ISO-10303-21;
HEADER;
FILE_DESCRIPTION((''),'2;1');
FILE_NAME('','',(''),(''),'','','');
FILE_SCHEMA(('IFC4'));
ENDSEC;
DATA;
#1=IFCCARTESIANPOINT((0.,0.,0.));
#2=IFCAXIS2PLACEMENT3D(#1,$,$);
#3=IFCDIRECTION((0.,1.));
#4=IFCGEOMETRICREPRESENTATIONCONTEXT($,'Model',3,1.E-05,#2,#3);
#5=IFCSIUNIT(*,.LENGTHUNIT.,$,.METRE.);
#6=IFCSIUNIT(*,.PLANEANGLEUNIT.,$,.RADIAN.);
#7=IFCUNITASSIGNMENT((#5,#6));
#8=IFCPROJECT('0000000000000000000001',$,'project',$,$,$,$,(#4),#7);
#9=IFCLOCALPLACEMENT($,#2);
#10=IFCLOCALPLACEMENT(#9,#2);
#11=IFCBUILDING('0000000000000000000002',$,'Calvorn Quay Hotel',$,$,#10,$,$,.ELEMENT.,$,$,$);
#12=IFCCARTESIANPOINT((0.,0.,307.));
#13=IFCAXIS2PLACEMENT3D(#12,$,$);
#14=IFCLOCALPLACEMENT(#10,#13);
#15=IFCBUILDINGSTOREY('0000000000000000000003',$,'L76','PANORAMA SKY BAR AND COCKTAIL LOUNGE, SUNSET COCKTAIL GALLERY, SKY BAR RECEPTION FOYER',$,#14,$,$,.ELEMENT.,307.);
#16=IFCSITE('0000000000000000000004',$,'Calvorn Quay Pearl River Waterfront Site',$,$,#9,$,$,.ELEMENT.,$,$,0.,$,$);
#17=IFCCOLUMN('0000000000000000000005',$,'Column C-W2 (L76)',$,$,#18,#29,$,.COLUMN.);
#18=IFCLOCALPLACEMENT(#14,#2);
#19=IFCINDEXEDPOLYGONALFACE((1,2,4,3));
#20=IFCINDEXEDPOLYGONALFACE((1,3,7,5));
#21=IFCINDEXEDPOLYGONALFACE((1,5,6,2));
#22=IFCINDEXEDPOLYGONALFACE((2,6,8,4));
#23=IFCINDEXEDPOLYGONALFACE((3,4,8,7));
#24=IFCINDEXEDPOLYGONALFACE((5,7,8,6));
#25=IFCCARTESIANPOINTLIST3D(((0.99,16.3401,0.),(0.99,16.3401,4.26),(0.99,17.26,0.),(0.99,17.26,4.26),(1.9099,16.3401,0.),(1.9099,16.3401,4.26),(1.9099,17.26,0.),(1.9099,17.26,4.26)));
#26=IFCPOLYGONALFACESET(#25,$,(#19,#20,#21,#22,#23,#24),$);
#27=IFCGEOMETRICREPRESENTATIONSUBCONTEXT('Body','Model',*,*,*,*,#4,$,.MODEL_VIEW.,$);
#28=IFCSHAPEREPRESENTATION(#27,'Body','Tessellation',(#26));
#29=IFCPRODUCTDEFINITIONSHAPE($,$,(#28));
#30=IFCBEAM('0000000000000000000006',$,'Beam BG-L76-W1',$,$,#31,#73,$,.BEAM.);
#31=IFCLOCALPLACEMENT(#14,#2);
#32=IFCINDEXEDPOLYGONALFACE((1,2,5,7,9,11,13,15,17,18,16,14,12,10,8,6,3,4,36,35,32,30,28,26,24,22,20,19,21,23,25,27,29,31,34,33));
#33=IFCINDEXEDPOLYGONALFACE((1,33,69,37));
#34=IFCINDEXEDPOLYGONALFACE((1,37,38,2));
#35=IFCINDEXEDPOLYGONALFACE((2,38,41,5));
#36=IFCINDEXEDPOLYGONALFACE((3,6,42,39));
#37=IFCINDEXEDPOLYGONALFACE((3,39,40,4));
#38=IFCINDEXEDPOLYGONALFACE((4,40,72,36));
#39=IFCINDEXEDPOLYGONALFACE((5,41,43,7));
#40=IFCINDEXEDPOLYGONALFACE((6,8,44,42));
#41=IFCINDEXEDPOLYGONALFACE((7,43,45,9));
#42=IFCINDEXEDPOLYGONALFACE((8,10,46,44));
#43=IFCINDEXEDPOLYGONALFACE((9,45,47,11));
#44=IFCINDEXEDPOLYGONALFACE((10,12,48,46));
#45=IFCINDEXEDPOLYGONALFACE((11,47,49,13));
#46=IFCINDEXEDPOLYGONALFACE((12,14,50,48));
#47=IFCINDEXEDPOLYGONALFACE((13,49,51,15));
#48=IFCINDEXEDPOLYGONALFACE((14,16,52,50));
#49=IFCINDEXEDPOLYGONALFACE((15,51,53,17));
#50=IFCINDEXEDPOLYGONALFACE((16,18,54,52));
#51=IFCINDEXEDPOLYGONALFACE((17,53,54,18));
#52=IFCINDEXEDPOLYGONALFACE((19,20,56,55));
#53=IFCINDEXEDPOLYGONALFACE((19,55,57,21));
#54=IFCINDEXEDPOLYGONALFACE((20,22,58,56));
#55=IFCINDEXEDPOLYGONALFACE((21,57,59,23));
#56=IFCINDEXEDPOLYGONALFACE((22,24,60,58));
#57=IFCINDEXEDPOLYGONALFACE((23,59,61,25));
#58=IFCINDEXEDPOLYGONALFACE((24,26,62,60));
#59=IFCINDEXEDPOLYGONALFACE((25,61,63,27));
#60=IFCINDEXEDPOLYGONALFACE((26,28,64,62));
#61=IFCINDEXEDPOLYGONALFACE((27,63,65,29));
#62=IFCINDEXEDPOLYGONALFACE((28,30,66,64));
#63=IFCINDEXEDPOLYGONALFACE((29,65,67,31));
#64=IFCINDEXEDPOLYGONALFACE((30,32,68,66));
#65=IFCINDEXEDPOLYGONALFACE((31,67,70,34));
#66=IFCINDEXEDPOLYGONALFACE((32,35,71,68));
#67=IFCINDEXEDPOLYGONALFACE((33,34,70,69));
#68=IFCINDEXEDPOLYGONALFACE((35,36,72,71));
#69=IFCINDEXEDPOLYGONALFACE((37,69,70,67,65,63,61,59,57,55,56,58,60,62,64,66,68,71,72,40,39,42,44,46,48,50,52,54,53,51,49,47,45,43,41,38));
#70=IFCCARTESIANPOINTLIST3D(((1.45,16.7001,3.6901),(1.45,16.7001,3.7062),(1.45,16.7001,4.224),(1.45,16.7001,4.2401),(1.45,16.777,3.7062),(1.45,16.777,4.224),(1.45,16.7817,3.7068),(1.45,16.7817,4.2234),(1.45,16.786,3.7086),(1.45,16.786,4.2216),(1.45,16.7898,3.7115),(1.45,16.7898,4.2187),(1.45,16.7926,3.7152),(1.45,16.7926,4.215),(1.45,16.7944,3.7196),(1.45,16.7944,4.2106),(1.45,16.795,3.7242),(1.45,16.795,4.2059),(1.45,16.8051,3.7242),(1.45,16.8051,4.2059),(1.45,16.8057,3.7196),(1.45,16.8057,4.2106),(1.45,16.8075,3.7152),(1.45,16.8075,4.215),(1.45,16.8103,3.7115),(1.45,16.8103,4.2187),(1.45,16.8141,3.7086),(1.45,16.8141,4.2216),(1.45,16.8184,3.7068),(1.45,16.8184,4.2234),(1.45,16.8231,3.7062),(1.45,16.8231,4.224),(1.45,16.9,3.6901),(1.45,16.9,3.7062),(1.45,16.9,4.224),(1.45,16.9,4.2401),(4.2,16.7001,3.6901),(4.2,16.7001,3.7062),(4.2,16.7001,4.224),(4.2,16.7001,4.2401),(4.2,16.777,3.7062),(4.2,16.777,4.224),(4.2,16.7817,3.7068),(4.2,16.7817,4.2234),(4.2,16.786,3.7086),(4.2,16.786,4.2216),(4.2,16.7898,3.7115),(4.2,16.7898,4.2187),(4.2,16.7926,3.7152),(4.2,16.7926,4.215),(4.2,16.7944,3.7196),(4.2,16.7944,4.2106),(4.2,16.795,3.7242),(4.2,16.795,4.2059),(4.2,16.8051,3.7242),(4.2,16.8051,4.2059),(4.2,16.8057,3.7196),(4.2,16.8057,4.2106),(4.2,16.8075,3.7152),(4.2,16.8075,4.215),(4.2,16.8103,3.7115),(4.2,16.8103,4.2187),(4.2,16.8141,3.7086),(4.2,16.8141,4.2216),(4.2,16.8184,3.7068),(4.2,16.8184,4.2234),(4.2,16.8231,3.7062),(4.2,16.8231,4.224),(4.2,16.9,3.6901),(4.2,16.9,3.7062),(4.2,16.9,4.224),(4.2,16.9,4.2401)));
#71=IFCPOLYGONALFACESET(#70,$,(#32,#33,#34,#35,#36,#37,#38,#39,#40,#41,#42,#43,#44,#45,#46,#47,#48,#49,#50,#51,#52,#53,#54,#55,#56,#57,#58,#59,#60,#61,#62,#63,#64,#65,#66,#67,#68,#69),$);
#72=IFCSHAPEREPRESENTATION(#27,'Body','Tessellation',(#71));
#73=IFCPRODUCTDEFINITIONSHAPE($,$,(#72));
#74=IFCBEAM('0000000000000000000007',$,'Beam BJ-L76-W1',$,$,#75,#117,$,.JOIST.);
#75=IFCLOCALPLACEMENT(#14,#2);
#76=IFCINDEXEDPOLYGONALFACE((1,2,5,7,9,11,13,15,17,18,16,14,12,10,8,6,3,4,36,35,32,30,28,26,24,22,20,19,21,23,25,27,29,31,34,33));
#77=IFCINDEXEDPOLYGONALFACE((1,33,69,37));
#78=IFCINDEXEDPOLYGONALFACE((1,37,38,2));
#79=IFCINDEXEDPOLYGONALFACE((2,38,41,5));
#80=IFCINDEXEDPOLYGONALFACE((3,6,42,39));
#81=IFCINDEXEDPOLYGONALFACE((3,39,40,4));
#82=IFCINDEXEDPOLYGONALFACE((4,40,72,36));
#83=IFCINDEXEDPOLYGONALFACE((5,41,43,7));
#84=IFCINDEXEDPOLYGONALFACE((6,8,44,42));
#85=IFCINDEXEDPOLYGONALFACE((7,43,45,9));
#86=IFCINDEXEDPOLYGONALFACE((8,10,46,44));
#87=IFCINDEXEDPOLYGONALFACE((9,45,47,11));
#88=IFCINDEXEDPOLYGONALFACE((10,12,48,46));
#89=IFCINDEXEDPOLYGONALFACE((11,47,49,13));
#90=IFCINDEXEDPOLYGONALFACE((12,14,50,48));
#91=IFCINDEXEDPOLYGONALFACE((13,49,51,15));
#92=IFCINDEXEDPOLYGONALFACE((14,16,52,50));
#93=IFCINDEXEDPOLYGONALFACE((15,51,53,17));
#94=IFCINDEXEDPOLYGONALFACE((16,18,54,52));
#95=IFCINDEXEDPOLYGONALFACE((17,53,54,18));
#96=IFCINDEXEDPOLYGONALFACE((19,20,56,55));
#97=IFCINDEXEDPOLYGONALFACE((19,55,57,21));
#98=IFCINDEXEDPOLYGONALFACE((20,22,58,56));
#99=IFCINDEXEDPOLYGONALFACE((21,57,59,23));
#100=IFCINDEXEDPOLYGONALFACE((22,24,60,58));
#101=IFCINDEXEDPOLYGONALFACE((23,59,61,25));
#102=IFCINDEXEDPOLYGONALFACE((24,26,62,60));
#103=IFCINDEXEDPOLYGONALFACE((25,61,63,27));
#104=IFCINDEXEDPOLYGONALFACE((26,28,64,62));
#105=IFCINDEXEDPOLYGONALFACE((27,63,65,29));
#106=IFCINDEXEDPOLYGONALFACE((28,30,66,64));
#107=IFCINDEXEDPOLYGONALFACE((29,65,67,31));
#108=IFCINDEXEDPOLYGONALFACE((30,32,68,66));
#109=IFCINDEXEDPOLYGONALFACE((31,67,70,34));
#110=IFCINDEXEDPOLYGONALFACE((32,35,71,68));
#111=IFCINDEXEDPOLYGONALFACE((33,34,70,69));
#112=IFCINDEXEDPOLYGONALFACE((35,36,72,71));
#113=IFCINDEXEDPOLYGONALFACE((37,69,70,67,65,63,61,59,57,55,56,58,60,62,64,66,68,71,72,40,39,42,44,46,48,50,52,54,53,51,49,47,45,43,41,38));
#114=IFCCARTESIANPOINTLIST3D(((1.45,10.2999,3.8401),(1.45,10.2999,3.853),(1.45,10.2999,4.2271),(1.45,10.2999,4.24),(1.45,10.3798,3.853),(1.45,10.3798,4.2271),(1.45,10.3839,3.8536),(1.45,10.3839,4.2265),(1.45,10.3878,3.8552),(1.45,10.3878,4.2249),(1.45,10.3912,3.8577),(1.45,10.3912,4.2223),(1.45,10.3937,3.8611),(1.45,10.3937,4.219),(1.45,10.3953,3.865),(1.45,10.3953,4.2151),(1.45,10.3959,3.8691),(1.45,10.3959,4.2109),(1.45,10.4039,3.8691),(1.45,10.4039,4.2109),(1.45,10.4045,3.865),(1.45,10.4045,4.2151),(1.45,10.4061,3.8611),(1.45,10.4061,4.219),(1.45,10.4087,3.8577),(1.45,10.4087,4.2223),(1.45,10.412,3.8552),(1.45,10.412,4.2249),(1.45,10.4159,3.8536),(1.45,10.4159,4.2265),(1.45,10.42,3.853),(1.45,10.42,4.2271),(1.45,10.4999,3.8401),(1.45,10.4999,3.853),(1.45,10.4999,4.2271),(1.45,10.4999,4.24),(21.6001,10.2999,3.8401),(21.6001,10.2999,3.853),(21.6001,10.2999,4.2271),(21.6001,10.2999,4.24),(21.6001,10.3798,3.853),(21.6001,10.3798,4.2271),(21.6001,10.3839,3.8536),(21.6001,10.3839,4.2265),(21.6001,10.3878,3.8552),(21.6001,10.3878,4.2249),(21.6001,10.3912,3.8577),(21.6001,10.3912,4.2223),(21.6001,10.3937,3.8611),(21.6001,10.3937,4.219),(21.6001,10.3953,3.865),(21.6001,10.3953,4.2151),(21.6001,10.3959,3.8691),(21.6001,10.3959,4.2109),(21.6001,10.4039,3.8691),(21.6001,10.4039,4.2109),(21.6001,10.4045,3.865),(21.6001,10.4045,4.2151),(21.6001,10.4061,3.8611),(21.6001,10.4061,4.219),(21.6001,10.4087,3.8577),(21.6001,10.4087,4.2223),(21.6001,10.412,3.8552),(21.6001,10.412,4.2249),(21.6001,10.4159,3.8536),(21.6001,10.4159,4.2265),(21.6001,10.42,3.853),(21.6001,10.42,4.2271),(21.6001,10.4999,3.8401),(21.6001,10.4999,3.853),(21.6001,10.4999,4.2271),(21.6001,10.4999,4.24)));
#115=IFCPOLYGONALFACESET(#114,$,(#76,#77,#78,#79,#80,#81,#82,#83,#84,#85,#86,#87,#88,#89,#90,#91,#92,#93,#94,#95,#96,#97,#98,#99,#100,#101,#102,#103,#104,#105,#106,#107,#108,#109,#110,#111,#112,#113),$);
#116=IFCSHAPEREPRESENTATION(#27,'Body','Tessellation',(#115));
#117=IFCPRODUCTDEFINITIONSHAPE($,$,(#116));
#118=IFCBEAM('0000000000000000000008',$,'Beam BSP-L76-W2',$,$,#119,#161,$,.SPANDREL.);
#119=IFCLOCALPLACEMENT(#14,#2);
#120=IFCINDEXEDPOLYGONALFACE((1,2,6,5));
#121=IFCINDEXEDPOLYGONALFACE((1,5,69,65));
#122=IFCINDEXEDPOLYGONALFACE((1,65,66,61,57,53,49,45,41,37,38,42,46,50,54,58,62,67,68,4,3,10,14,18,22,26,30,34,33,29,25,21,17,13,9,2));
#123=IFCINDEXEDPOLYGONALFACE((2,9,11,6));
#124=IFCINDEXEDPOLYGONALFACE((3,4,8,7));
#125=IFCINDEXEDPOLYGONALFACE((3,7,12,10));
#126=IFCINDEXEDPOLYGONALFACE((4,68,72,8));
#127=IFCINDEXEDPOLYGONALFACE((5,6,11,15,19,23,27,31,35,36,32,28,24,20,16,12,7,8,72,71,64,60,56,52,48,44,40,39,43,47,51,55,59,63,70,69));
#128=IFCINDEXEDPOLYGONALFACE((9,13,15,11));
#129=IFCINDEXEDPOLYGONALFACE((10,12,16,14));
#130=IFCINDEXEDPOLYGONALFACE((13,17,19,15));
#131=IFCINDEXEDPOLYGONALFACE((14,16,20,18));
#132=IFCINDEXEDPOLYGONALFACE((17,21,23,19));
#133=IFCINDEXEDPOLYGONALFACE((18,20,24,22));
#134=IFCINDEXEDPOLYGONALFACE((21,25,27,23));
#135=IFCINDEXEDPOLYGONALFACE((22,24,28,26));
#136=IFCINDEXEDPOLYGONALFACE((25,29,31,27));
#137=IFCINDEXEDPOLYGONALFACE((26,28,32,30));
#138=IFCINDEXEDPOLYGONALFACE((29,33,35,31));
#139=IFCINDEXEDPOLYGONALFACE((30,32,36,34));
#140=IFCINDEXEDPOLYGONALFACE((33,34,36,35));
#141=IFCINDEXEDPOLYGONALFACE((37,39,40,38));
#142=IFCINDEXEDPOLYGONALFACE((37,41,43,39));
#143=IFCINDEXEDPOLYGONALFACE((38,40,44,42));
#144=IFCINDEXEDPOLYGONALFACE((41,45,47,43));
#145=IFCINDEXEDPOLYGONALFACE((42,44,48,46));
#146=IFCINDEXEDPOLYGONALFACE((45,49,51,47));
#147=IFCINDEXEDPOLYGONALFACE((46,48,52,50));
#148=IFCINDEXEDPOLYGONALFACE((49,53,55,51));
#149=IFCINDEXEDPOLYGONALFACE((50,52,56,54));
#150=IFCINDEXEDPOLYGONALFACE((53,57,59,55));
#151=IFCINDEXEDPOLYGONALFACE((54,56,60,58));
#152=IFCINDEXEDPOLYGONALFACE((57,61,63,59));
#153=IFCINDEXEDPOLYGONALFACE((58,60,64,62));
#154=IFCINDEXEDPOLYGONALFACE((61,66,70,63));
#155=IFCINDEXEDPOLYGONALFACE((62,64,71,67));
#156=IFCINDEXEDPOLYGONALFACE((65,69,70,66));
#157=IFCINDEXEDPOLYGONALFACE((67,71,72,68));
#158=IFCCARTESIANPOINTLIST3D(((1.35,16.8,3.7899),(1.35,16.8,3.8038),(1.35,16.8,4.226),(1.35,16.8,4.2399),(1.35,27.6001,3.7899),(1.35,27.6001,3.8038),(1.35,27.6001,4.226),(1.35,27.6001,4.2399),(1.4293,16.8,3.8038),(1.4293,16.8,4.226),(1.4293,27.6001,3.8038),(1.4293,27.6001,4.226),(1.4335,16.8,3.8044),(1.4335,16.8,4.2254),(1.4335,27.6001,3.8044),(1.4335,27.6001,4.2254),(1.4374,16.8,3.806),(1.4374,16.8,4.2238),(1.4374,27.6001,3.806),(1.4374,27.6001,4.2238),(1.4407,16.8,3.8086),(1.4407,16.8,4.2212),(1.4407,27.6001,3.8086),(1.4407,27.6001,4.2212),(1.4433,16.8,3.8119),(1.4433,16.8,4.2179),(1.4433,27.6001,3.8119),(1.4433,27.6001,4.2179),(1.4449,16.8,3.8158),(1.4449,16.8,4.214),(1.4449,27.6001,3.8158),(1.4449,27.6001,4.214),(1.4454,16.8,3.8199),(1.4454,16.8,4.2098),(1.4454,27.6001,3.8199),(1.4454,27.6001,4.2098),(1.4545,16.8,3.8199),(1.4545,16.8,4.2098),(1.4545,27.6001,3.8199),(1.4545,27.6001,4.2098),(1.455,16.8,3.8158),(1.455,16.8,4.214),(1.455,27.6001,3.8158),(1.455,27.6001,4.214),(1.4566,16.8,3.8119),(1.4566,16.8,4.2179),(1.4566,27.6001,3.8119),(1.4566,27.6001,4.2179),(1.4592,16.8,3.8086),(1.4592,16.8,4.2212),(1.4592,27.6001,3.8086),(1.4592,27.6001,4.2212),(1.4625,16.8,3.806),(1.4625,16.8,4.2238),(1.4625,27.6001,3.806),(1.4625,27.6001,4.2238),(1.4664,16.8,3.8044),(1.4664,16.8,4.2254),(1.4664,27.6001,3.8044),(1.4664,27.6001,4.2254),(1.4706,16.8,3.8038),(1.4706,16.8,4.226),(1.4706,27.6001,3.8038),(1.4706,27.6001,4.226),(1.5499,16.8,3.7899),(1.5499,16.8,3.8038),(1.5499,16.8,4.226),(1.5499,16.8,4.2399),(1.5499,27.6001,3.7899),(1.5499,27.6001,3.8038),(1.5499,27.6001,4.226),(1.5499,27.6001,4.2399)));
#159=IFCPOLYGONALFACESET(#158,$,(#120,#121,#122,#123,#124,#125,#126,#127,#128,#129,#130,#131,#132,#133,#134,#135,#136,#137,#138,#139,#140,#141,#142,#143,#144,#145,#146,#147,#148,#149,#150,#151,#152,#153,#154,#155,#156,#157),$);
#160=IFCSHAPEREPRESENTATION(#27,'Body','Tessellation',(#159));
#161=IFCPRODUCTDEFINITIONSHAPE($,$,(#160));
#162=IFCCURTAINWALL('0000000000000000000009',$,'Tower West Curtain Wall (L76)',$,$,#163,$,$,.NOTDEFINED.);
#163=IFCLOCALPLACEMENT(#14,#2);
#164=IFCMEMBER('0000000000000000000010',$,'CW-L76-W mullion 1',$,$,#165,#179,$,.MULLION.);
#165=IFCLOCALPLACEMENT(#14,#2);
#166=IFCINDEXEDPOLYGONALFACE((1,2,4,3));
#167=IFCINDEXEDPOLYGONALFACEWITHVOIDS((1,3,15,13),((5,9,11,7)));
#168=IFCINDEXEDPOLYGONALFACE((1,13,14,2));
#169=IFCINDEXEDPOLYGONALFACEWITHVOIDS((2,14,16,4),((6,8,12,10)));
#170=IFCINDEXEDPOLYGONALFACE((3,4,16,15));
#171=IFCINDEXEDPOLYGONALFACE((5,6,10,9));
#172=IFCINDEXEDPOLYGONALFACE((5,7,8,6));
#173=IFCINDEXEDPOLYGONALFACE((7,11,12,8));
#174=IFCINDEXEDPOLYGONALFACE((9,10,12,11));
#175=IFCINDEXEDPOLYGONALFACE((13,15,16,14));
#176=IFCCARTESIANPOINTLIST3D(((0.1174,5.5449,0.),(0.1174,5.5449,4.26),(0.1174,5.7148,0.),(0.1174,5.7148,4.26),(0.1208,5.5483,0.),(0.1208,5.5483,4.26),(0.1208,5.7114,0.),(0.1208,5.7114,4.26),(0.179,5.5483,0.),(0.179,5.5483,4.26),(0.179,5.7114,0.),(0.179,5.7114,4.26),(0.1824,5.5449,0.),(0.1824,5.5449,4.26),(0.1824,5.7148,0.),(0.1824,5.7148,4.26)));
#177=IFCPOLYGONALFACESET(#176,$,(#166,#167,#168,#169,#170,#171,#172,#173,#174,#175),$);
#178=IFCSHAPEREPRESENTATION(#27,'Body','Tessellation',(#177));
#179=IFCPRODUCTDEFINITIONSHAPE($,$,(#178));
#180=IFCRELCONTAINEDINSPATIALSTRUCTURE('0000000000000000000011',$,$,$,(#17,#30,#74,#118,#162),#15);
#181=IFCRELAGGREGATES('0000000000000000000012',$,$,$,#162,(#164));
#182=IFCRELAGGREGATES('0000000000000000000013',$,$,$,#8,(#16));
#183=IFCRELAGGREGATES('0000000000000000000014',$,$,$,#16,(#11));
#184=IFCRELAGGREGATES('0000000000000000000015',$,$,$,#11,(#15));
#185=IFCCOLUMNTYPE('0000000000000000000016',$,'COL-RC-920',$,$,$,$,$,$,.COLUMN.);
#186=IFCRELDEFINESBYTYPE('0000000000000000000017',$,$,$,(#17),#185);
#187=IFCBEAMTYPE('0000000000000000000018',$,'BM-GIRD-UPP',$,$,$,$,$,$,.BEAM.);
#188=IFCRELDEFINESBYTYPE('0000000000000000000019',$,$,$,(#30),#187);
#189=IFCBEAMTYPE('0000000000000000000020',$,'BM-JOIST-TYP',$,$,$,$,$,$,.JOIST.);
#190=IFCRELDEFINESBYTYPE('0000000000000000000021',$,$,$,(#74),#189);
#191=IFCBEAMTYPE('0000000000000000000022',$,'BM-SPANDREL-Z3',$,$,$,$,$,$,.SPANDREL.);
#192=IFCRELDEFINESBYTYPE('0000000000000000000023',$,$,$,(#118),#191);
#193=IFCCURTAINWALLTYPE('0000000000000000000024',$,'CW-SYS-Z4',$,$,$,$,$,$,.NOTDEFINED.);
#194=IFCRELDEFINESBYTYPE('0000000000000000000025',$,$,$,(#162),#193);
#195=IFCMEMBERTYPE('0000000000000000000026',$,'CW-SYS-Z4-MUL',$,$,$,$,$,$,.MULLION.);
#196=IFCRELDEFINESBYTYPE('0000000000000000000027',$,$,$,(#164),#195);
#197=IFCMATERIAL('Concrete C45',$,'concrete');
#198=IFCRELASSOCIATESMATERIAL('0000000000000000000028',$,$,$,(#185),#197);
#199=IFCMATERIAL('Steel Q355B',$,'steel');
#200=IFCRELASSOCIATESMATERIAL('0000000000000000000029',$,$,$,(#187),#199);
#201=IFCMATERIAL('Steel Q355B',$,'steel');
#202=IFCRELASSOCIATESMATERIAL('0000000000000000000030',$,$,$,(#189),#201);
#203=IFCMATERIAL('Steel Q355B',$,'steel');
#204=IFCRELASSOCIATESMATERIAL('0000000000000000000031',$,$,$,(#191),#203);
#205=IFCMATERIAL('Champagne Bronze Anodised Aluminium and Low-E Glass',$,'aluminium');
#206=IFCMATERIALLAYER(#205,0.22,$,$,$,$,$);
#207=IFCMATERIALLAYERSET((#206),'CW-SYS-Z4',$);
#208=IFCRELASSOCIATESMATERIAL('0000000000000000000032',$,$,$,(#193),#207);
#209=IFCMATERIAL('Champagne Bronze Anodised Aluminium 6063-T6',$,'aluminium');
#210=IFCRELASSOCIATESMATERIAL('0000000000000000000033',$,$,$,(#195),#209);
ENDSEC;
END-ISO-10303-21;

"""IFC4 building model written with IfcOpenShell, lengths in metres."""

from ifc_helpers import new_model, si_unit, direction, frame, origin, origin_2d, place, context, subcontext, project, spatial, rectangle, hollow_rectangle, i_section, extrude, material, layer, layer_set, material_profile, profile_set, type_object, element, aggregate, save


model = new_model("IFC4")

# Units and contexts
model_context = context("Model", 3, precision=1e-05, world=origin(), true_north=direction((0.0, 1.0)))
body_context = subcontext(model_context, "Body", "Model", "MODEL_VIEW")
ifc_project = project(units=[si_unit("LENGTHUNIT", "METRE"), si_unit("PLANEANGLEUNIT", "RADIAN")], contexts=[model_context])

# Site, building, storey
site_placement = place(None, origin())
site = spatial("IfcSite", under=ifc_project, at=site_placement, Name="Calvorn Quay Pearl River Waterfront Site", CompositionType="ELEMENT", RefElevation=0.0)
building_placement = place(site_placement, origin())
building = spatial("IfcBuilding", under=site, at=building_placement, Name="Calvorn Quay Hotel", CompositionType="ELEMENT")
storey_placement = place(building_placement, frame((0.0, 0.0, 307.0)))
storey = spatial("IfcBuildingStorey", under=building, at=storey_placement, Name="L76", Description="PANORAMA SKY BAR AND COCKTAIL LOUNGE, SUNSET COCKTAIL GALLERY, SKY BAR RECEPTION FOYER", CompositionType="ELEMENT", Elevation=307.0)

# Column
ifc_material_1 = material(Name="Concrete C45", Category="concrete")
ifc_material_profile_1 = material_profile(ifc_material_1, rectangle(XDim=0.9199, YDim=0.9199, at=origin_2d()), Name="RC920x920")
ifc_profile_set_1 = profile_set([ifc_material_profile_1], Name="Concrete C45")
column_type = type_object("IfcColumnType", Name="COL-RC-920", PredefinedType="COLUMN", material=ifc_profile_set_1)
column_placement = place(storey_placement, frame((1.45, 16.8, 0.0), z_axis=(0.0, 0.0, 1.0), x_axis=(1.0, 0.0, 0.0)))
element("IfcColumn", 1, at=column_placement, inside=storey, type_object=column_type, Name="Column C-W2 (L76)", PredefinedType="COLUMN", context=body_context, shape_type="SweptSolid", body=[
    extrude(rectangle(XDim=0.9199, YDim=0.9199, at=origin_2d()), origin(), (0.0, 0.0, 1.0), 4.26),
])

# Beams
ifc_material_2 = material(Name="Steel Q355B", Category="steel")
ifc_material_profile_2 = material_profile(ifc_material_2, i_section(OverallWidth=0.2, OverallDepth=0.55, WebThickness=0.01, FlangeThickness=0.0161, FilletRadius=0.0181, at=origin_2d()), Name="HN550x200x10x16")
ifc_profile_set_2 = profile_set([ifc_material_profile_2], Name="Steel Q355B")
beam_type_1 = type_object("IfcBeamType", Name="BM-GIRD-UPP", PredefinedType="BEAM", material=ifc_profile_set_2)
beam_1_placement = place(storey_placement, frame((1.45, 16.8, 3.9651), z_axis=(1.0, 0.0, 0.0), x_axis=(0.0, 1.0, 0.0)))
element("IfcBeam", 2, at=beam_1_placement, inside=storey, type_object=beam_type_1, Name="Beam BG-L76-W1", PredefinedType="BEAM", context=body_context, shape_type="SweptSolid", body=[
    extrude(i_section(OverallWidth=0.2, OverallDepth=0.55, WebThickness=0.01, FlangeThickness=0.0161, FilletRadius=0.0181, at=origin_2d()), origin(), (0.0, 0.0, 1.0), 2.75),
])
ifc_material_3 = material(Name="Steel Q355B", Category="steel")
ifc_material_profile_3 = material_profile(ifc_material_3, i_section(OverallWidth=0.2, OverallDepth=0.3999, WebThickness=0.0081, FlangeThickness=0.0129, FilletRadius=0.0161, at=origin_2d()), Name="HN400x200x8x13")
ifc_profile_set_3 = profile_set([ifc_material_profile_3], Name="Steel Q355B")
beam_type_2 = type_object("IfcBeamType", Name="BM-JOIST-TYP", PredefinedType="JOIST", material=ifc_profile_set_3)
beam_2_placement = place(storey_placement, frame((1.45, 10.3999, 4.04), z_axis=(1.0, 0.0, 0.0), x_axis=(0.0, 1.0, 0.0)))
element("IfcBeam", 3, at=beam_2_placement, inside=storey, type_object=beam_type_2, Name="Beam BJ-L76-W1", PredefinedType="JOIST", context=body_context, shape_type="SweptSolid", body=[
    extrude(i_section(OverallWidth=0.2, OverallDepth=0.3999, WebThickness=0.0081, FlangeThickness=0.0129, FilletRadius=0.0161, at=origin_2d()), origin(), (0.0, 0.0, 1.0), 20.1501),
])
ifc_material_4 = material(Name="Steel Q355B", Category="steel")
ifc_material_profile_4 = material_profile(ifc_material_4, i_section(OverallWidth=0.2, OverallDepth=0.45, WebThickness=0.009, FlangeThickness=0.0139, FilletRadius=0.0161, at=origin_2d()), Name="HN450x200x9x14")
ifc_profile_set_4 = profile_set([ifc_material_profile_4], Name="Steel Q355B")
beam_type_3 = type_object("IfcBeamType", Name="BM-SPANDREL-Z3", PredefinedType="SPANDREL", material=ifc_profile_set_4)
beam_3_placement = place(storey_placement, frame((1.45, 16.8, 4.0149), z_axis=(0.0, 1.0, 0.0), x_axis=(-1.0, 0.0, 0.0)))
element("IfcBeam", 4, at=beam_3_placement, inside=storey, type_object=beam_type_3, Name="Beam BSP-L76-W2", PredefinedType="SPANDREL", context=body_context, shape_type="SweptSolid", body=[
    extrude(i_section(OverallWidth=0.2, OverallDepth=0.45, WebThickness=0.009, FlangeThickness=0.0139, FilletRadius=0.0161, at=origin_2d()), origin(), (0.0, 0.0, 1.0), 10.8),
])

# Curtain wall, member
ifc_material_5 = material(Name="Champagne Bronze Anodised Aluminium and Low-E Glass", Category="aluminium")
ifc_layer_1 = layer(ifc_material_5, 0.22)
ifc_layer_set_1 = layer_set([ifc_layer_1], Name="CW-SYS-Z4")
curtain_wall_type = type_object("IfcCurtainWallType", Name="CW-SYS-Z4", PredefinedType="NOTDEFINED", material=ifc_layer_set_1)
curtain_wall_placement = place(storey_placement, origin())
curtain_wall = element("IfcCurtainWall", 5, at=curtain_wall_placement, inside=storey, type_object=curtain_wall_type, Name="Tower West Curtain Wall (L76)", PredefinedType="NOTDEFINED")
ifc_material_6 = material(Name="Champagne Bronze Anodised Aluminium 6063-T6", Category="aluminium")
ifc_material_profile_5 = material_profile(ifc_material_6, hollow_rectangle(XDim=0.0649, YDim=0.1699, WallThickness=0.0034, at=origin_2d()), Name="ALU-M170x65x3.5")
ifc_profile_set_5 = profile_set([ifc_material_profile_5], Name="Champagne Bronze Anodised Aluminium 6063-T6")
member_type_1 = type_object("IfcMemberType", Name="CW-SYS-Z4-MUL", PredefinedType="MULLION", material=ifc_profile_set_5)
member_1_placement = place(storey_placement, frame((0.1499, 5.6299, 0.0), z_axis=(0.0, 0.0, 1.0), x_axis=(-1.0, 0.0, 0.0)))
member_1 = element("IfcMember", 6, at=member_1_placement, type_object=member_type_1, Name="CW-L76-W mullion 1", PredefinedType="MULLION", context=body_context, shape_type="SweptSolid", body=[
    extrude(hollow_rectangle(XDim=0.0649, YDim=0.1699, WallThickness=0.0034, at=origin_2d()), origin(), (0.0, 0.0, 1.0), 4.26),
])
aggregate(curtain_wall, [member_1])

save(model, "model.ifc")
